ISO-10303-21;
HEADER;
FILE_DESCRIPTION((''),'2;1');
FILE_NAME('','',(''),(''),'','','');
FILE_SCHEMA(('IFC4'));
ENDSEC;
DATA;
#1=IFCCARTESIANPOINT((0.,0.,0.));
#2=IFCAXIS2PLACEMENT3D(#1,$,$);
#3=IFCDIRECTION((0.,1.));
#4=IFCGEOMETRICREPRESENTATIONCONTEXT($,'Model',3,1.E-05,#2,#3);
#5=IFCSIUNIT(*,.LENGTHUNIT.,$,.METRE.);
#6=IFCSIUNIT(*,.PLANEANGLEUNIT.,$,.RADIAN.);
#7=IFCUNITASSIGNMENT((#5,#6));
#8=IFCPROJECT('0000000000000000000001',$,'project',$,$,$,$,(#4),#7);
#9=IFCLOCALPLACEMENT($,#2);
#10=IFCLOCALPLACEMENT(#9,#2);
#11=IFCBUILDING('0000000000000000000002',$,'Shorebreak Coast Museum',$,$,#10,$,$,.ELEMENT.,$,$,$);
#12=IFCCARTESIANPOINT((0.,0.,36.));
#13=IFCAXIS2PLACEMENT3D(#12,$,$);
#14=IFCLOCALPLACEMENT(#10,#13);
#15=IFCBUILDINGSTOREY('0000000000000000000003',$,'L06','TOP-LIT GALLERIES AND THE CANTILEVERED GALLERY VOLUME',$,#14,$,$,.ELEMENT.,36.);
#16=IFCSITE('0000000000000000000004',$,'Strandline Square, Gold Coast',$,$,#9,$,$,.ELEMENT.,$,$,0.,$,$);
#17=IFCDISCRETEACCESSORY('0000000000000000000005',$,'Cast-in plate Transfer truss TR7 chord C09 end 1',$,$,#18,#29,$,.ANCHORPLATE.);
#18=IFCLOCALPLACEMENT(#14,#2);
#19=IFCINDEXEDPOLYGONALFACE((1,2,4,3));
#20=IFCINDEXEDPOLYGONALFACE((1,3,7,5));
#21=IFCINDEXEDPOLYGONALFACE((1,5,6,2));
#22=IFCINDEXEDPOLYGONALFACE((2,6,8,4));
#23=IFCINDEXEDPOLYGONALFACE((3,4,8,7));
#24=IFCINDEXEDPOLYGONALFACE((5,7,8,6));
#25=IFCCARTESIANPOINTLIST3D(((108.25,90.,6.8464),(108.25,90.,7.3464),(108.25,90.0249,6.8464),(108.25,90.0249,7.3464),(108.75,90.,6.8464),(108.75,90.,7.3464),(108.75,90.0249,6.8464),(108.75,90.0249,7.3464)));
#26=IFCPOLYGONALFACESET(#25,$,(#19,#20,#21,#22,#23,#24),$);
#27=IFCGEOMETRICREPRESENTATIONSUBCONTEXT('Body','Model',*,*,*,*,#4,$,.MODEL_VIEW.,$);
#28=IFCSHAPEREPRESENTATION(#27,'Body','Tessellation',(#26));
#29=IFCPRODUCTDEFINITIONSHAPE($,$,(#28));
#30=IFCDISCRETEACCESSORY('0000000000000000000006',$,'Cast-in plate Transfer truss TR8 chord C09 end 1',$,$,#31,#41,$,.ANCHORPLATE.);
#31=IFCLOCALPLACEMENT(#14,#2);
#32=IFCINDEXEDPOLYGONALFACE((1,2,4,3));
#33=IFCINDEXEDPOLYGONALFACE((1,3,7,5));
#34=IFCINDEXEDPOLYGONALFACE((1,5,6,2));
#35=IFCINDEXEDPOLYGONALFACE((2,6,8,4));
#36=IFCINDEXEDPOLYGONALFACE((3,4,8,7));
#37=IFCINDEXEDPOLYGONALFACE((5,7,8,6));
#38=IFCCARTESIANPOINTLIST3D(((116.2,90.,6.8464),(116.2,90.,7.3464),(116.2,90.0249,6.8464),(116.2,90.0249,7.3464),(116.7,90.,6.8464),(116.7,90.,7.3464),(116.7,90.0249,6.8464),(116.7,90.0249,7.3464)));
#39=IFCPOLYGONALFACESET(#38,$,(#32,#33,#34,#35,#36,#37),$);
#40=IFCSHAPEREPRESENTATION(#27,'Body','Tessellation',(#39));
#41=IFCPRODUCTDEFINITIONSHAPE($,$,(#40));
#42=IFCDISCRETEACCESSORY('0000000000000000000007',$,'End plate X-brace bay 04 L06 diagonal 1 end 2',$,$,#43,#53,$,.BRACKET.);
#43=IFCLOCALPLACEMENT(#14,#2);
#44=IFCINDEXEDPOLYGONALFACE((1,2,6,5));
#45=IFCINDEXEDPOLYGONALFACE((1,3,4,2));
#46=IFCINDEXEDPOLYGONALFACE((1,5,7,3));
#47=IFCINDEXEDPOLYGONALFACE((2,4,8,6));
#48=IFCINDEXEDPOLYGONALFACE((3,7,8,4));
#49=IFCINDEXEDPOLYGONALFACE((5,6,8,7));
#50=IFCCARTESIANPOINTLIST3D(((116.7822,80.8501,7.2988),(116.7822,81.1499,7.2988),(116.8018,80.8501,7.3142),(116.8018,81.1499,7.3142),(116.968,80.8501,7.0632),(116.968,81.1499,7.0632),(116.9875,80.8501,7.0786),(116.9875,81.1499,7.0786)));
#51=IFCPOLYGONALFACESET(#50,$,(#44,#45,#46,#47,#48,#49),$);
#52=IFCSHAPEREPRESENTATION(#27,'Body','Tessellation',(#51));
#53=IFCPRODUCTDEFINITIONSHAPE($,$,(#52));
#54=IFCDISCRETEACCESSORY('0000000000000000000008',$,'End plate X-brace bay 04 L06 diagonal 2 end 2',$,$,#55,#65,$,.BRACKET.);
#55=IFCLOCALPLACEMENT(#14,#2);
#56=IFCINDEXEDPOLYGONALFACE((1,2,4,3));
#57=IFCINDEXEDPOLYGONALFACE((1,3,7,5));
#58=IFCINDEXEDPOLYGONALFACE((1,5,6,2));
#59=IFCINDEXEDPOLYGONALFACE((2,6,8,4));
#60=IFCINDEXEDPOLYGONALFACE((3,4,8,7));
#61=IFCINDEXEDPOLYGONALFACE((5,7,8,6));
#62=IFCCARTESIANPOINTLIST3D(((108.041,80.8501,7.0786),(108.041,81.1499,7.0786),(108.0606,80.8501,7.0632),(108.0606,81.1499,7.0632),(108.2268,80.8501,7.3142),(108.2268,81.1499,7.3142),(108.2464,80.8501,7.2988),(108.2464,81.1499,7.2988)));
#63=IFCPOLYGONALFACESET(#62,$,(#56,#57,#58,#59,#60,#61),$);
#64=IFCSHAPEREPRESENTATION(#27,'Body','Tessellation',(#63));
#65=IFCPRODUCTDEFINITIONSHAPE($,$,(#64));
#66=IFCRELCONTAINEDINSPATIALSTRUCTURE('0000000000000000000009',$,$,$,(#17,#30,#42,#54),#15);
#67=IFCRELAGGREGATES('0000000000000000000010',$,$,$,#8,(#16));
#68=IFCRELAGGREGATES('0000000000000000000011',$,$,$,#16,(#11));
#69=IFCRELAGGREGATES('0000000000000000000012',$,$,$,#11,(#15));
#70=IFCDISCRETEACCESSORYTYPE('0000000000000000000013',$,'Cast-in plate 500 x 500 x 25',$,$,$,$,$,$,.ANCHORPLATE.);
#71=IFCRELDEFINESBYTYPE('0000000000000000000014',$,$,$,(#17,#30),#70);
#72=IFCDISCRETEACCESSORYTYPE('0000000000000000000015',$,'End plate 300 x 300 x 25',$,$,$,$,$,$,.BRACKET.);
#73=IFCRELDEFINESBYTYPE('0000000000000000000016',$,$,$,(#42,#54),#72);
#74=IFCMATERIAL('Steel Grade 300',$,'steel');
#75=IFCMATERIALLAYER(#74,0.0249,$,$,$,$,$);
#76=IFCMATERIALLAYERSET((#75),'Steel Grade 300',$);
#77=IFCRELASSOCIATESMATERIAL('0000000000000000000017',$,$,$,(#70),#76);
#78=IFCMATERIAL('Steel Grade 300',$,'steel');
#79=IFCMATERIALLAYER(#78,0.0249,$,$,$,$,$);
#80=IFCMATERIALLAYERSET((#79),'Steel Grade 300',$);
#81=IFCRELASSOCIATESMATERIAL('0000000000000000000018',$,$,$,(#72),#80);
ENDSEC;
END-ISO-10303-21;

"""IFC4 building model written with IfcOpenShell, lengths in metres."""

from ifc_helpers import new_model, si_unit, direction, frame, origin, place, context, subcontext, project, spatial, polyline, outline, extrude, material, layer, layer_set, type_object, element, save


model = new_model("IFC4")

# Units and contexts
model_context = context("Model", 3, precision=1e-05, world=origin(), true_north=direction((0.0, 1.0)))
body_context = subcontext(model_context, "Body", "Model", "MODEL_VIEW")
ifc_project = project(units=[si_unit("LENGTHUNIT", "METRE"), si_unit("PLANEANGLEUNIT", "RADIAN")], contexts=[model_context])

# Site, building, storey
site_placement = place(None, origin())
site = spatial("IfcSite", under=ifc_project, at=site_placement, Name="Strandline Square, Gold Coast", CompositionType="ELEMENT", RefElevation=0.0)
building_placement = place(site_placement, origin())
building = spatial("IfcBuilding", under=site, at=building_placement, Name="Shorebreak Coast Museum", CompositionType="ELEMENT")
storey_placement = place(building_placement, frame((0.0, 0.0, 36.0)))
storey = spatial("IfcBuildingStorey", under=building, at=storey_placement, Name="L06", Description="TOP-LIT GALLERIES AND THE CANTILEVERED GALLERY VOLUME", CompositionType="ELEMENT", Elevation=36.0)

# Discrete accessories
ifc_material_1 = material(Name="Steel Grade 300", Category="steel")
ifc_layer_1 = layer(ifc_material_1, 0.0249)
ifc_layer_set_1 = layer_set([ifc_layer_1], Name="Steel Grade 300")
discrete_accessory_type_1 = type_object("IfcDiscreteAccessoryType", Name="Cast-in plate 500 x 500 x 25", PredefinedType="ANCHORPLATE", material=ifc_layer_set_1)
for number, where, z_axis, x_axis, name in (
    (1, (108.25, 90.0, 6.8464), (0.0, -1.0, 0.0), (1.0, 0.0, 0.0), "Cast-in plate Transfer truss TR7 chord C09 end 1"),
    (2, (116.2, 90.0, 6.8464), (0.0, -1.0, 0.0), (1.0, 0.0, 0.0), "Cast-in plate Transfer truss TR8 chord C09 end 1"),
):
    element("IfcDiscreteAccessory", number, at=place(storey_placement, frame(where, z_axis=z_axis, x_axis=x_axis)), inside=storey, type_object=discrete_accessory_type_1, Name=name, PredefinedType="ANCHORPLATE", context=body_context, shape_type="SweptSolid", body=[
        extrude(outline(polyline([(0.0, 0.0), (0.5, 0.0), (0.5, 0.5), (0.0, 0.5), (0.0, 0.0)])), origin(), (0.0, 0.0, -1.0), 0.0249),
    ])
ifc_material_2 = material(Name="Steel Grade 300", Category="steel")
ifc_layer_2 = layer(ifc_material_2, 0.0249)
ifc_layer_set_2 = layer_set([ifc_layer_2], Name="Steel Grade 300")
discrete_accessory_type_2 = type_object("IfcDiscreteAccessoryType", Name="End plate 300 x 300 x 25", PredefinedType="BRACKET", material=ifc_layer_set_2)
for number, where, z_axis, x_axis, name in (
    (3, (116.9875, 80.8501, 7.0786), (0.785216, 0.0, 0.619222), (0.0, 1.0, 0.0), "End plate X-brace bay 04 L06 diagonal 1 end 2"),
    (4, (108.041, 81.1499, 7.0786), (-0.785216, 0.0, 0.619222), (0.0, -1.0, 0.0), "End plate X-brace bay 04 L06 diagonal 2 end 2"),
):
    element("IfcDiscreteAccessory", number, at=place(storey_placement, frame(where, z_axis=z_axis, x_axis=x_axis)), inside=storey, type_object=discrete_accessory_type_2, Name=name, PredefinedType="BRACKET", context=body_context, shape_type="SweptSolid", body=[
        extrude(outline(polyline([(0.0, 0.0), (0.2998, 0.0), (0.2998, 0.3), (0.0, 0.3), (0.0, 0.0)])), origin(), (0.0, 0.0, -1.0), 0.0249),
    ])

save(model, "model.ifc")
